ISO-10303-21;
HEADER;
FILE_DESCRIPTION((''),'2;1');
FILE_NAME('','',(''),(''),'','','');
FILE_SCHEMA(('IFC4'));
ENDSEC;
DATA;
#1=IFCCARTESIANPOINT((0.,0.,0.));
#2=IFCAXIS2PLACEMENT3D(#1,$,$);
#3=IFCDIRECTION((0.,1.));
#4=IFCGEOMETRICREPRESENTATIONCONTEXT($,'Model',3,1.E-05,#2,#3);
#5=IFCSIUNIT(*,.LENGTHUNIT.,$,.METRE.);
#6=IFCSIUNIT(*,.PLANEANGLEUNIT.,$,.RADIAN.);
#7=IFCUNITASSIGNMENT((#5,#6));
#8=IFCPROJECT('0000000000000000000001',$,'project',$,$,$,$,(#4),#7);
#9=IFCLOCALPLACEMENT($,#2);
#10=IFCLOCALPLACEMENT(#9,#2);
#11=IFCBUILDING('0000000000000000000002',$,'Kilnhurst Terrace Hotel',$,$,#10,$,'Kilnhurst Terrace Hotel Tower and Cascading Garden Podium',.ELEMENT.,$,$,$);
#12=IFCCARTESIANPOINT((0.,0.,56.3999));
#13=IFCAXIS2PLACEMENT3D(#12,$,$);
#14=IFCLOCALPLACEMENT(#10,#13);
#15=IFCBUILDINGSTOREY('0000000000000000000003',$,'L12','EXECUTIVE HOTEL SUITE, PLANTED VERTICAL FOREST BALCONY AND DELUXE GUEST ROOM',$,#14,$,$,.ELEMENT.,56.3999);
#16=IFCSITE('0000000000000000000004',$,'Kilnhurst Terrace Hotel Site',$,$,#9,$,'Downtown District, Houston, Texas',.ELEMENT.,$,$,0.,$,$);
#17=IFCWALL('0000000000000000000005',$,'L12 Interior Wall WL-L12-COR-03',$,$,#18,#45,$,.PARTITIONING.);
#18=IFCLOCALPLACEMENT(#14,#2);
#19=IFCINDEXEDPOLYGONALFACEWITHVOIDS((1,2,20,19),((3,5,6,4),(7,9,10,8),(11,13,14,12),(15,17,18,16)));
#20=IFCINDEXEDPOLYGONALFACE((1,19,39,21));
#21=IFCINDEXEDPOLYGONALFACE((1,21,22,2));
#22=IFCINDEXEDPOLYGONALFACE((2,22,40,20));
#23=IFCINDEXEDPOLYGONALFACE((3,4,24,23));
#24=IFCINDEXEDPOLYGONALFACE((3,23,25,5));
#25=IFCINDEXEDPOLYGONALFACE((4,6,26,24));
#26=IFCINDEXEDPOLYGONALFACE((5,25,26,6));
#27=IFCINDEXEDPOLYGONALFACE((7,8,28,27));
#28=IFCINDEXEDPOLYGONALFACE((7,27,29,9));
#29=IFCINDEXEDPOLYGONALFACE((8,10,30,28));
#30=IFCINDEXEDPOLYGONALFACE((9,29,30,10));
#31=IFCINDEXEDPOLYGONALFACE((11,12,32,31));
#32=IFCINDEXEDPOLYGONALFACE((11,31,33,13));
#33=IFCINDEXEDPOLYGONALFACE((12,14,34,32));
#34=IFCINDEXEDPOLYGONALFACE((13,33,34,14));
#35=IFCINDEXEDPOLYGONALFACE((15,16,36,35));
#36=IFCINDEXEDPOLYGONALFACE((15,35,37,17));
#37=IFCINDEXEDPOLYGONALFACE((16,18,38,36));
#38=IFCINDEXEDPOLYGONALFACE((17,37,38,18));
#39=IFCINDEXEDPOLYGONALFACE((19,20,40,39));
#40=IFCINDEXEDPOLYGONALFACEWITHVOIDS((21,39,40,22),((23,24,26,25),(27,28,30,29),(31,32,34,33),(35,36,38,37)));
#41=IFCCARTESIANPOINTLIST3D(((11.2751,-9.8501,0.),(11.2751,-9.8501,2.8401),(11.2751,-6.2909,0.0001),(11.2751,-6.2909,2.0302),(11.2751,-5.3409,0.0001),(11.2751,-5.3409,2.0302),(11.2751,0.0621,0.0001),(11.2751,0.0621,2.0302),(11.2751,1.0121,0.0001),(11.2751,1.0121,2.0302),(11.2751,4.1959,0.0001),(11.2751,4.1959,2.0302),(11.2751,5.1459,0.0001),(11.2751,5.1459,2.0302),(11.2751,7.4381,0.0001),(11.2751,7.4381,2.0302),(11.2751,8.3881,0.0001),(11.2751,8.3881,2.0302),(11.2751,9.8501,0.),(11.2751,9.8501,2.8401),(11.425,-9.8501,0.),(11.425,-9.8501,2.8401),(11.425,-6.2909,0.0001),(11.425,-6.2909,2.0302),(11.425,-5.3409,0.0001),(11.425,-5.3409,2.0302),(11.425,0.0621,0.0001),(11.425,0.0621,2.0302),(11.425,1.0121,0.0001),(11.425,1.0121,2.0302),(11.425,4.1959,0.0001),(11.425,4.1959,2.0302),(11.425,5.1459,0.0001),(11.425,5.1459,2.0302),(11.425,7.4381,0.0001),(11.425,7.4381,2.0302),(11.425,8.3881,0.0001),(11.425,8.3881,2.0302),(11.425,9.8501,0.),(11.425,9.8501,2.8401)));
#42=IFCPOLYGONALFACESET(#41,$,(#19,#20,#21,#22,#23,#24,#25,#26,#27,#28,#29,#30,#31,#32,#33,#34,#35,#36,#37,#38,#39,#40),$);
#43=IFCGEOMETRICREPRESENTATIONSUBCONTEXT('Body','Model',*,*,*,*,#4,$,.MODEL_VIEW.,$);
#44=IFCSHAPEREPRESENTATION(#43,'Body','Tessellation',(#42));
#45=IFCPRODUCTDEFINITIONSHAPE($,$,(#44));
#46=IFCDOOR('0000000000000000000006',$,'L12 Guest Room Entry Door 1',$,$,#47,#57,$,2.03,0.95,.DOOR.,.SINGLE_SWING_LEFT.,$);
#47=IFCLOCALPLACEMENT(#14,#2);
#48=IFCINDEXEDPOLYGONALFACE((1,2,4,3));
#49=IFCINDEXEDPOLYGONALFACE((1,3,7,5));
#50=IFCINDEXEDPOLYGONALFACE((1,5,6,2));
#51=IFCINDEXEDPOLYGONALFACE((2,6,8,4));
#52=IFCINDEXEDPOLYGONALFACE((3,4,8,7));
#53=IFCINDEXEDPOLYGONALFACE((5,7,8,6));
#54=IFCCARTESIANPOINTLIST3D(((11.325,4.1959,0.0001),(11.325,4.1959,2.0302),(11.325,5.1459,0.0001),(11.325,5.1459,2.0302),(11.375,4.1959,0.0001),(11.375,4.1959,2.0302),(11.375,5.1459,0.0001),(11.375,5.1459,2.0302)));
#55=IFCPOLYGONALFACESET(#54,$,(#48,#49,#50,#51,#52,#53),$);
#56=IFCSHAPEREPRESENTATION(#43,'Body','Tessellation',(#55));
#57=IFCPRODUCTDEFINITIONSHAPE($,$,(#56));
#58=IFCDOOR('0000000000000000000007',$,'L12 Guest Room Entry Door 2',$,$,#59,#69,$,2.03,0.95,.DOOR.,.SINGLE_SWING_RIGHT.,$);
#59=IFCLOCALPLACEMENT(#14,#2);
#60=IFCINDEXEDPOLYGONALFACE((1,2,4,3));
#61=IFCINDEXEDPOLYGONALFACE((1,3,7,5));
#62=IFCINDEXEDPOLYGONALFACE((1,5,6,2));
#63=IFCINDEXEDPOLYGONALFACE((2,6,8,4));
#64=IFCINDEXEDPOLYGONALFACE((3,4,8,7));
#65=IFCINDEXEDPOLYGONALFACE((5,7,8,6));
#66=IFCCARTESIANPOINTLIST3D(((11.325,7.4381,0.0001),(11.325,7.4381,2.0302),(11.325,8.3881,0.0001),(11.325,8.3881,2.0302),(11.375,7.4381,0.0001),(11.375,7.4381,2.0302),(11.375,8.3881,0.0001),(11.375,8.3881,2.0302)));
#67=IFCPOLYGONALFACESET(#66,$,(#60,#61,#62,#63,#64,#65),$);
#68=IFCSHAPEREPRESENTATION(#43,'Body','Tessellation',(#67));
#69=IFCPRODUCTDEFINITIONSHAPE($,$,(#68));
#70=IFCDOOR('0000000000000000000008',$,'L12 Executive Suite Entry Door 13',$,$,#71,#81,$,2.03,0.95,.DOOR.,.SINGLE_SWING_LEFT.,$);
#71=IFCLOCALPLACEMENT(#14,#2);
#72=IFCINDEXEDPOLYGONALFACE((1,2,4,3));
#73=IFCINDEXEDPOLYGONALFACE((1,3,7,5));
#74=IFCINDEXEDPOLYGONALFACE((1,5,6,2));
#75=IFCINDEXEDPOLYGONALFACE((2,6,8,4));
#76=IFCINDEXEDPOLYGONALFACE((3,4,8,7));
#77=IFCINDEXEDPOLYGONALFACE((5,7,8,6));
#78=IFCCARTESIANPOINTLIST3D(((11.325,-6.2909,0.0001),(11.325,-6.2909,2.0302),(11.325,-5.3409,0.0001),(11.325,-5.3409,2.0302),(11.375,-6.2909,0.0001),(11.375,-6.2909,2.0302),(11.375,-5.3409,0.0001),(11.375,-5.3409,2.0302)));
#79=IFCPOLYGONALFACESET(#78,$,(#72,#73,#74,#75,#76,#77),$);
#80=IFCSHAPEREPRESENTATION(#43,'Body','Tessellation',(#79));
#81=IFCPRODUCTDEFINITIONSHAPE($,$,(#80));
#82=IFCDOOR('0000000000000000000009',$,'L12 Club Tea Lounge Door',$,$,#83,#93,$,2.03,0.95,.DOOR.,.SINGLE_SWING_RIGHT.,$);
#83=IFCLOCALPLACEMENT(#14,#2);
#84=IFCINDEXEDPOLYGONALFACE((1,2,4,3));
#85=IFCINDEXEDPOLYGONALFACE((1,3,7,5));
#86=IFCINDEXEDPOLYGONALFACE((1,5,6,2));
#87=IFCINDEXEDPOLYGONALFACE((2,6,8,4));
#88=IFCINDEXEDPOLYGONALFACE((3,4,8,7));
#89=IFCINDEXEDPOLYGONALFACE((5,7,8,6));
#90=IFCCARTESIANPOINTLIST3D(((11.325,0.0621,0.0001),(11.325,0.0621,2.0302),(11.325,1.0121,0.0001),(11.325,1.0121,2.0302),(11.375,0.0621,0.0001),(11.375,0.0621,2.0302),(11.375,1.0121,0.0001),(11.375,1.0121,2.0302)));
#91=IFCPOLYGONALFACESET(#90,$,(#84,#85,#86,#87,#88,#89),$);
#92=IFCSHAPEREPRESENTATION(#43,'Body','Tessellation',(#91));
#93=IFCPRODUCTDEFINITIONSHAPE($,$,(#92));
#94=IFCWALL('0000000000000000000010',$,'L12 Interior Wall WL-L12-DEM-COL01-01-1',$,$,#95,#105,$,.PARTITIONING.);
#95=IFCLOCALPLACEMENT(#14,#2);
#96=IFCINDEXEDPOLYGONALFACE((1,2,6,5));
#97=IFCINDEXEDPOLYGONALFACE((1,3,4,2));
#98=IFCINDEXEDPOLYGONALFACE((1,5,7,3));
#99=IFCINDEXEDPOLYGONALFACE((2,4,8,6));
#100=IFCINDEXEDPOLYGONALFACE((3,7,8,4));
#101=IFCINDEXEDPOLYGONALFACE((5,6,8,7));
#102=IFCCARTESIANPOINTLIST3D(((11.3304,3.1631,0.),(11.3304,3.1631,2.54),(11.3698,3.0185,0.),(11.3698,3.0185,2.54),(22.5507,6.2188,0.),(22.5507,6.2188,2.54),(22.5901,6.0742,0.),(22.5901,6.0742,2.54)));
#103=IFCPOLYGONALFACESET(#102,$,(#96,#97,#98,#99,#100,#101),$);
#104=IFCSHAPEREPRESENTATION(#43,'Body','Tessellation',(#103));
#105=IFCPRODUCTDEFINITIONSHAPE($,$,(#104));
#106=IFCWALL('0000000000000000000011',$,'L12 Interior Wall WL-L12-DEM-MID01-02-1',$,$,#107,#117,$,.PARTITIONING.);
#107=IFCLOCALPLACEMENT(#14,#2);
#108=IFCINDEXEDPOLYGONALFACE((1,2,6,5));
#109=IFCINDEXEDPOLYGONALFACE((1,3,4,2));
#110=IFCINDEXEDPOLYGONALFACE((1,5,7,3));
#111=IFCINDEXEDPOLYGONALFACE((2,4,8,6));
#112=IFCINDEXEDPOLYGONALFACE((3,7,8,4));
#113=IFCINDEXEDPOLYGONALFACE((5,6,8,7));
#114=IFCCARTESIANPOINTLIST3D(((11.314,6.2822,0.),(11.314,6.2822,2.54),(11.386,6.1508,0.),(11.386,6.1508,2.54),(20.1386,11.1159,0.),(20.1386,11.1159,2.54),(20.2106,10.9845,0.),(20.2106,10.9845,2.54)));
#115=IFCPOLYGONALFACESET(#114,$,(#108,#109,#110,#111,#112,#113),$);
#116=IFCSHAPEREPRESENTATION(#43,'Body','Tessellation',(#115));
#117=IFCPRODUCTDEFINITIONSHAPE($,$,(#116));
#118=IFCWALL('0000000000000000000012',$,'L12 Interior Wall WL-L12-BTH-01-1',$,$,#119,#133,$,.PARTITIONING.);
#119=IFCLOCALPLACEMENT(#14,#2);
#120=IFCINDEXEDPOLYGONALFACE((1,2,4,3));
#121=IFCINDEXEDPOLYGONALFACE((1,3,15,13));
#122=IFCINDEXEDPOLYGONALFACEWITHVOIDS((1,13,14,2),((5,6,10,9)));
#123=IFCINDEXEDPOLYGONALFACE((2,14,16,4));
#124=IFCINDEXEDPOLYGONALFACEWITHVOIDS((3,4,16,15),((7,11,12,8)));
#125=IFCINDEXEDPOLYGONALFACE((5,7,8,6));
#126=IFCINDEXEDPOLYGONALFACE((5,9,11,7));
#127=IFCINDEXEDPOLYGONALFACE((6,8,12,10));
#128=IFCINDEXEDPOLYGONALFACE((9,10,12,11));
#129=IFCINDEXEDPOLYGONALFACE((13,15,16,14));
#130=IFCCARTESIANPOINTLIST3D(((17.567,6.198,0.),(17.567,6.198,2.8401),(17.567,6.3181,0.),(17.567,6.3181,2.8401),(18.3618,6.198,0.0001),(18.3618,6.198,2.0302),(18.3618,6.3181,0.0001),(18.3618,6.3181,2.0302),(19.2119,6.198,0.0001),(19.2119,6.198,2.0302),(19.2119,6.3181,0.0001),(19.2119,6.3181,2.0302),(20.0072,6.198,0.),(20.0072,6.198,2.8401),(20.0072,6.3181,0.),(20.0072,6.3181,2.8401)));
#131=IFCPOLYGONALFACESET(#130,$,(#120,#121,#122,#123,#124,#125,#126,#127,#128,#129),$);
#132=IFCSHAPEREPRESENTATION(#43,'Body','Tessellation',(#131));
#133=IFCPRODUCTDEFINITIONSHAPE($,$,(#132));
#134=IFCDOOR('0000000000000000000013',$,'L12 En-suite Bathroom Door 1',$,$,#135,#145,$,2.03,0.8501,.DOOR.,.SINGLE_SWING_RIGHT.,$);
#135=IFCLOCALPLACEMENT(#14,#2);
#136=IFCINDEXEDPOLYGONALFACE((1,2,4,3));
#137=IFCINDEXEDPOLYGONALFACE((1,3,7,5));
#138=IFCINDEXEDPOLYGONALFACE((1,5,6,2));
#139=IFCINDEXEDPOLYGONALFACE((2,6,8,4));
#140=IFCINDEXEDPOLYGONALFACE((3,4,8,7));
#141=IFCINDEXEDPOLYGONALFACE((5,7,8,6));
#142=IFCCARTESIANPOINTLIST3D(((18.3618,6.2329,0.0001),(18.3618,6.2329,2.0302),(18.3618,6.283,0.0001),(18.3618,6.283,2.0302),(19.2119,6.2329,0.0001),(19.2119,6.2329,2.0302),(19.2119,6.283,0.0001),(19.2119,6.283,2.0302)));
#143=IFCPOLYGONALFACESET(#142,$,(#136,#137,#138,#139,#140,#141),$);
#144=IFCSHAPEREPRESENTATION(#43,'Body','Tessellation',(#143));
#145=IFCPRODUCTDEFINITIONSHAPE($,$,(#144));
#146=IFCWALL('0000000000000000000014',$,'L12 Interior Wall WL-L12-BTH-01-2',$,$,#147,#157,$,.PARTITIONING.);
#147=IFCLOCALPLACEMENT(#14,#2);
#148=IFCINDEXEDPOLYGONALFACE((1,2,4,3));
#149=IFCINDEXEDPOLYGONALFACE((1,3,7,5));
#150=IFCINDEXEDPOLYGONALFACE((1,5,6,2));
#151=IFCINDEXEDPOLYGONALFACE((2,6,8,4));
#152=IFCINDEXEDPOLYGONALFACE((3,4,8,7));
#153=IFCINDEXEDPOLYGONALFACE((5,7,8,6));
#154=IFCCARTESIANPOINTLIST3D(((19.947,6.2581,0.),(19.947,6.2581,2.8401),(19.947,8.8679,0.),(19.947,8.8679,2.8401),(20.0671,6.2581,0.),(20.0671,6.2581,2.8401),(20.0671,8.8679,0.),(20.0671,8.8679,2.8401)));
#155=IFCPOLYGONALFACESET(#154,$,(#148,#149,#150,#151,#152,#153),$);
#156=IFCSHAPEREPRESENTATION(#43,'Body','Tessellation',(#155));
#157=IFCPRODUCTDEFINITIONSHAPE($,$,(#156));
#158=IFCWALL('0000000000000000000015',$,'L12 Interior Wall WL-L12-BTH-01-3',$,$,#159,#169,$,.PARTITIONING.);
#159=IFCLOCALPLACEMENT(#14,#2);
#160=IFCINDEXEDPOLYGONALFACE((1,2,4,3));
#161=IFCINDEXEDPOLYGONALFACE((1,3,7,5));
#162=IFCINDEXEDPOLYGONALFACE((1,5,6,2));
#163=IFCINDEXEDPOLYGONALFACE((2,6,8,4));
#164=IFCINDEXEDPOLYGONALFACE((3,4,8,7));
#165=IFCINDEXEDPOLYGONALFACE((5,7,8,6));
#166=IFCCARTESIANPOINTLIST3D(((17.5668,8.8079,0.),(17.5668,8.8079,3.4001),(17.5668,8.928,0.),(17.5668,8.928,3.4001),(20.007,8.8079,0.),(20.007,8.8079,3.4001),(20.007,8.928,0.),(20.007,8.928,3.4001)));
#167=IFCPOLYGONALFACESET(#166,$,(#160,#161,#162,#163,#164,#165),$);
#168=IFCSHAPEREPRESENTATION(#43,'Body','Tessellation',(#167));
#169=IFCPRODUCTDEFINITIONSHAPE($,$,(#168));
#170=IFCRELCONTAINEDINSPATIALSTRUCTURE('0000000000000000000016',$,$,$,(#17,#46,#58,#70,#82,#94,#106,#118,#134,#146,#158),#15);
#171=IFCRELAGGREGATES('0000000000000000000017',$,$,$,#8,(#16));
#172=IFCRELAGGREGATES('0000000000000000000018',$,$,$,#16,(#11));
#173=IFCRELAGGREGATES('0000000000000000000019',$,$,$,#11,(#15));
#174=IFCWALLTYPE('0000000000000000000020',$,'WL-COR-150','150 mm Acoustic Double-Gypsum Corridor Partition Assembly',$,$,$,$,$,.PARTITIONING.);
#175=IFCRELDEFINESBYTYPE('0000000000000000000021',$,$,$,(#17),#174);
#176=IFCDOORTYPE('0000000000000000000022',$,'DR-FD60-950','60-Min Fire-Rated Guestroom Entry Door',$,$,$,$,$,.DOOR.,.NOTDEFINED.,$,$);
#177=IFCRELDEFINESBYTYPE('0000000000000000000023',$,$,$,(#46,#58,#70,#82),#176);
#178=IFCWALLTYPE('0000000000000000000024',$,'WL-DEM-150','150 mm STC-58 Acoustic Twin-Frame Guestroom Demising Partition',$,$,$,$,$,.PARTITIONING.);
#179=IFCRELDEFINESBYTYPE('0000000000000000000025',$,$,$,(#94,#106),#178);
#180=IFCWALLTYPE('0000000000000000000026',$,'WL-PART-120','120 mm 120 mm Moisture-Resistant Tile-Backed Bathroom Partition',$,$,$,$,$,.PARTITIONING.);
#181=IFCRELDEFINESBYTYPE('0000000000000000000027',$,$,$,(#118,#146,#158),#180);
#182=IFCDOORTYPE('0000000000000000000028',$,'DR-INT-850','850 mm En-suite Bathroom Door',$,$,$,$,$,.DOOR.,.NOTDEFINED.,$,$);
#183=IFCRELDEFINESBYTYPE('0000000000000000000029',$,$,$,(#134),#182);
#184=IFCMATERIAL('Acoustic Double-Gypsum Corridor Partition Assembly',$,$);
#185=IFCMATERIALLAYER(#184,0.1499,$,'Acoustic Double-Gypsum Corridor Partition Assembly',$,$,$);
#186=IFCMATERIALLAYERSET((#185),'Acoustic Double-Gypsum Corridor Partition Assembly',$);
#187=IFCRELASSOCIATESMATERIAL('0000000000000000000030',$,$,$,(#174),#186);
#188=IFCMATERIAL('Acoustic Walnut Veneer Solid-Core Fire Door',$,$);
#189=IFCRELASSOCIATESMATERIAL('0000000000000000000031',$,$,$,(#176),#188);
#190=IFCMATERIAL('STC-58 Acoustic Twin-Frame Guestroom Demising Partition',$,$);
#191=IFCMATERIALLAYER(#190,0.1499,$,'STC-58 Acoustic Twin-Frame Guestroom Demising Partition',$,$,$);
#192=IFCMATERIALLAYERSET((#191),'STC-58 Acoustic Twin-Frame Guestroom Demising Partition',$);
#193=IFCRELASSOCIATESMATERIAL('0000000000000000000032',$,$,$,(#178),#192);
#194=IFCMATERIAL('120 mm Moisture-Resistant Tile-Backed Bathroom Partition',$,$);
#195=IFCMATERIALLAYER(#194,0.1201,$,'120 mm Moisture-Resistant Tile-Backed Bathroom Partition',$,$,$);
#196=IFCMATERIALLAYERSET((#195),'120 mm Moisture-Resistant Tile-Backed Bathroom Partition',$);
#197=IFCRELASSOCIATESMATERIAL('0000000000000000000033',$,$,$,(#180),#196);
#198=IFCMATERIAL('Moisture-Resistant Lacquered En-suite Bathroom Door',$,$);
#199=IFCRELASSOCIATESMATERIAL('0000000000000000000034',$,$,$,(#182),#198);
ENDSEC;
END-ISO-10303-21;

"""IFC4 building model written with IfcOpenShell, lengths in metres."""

from ifc_helpers import new_model, si_unit, direction, frame, frame_2d, origin, place, context, subcontext, project, spatial, rectangle, extrude, material, layer, layer_set, type_object, element, fill, save


model = new_model("IFC4")

# Units and contexts
model_context = context("Model", 3, precision=1e-05, world=origin(), true_north=direction((0.0, 1.0)))
body_context = subcontext(model_context, "Body", "Model", "MODEL_VIEW")
ifc_project = project(units=[si_unit("LENGTHUNIT", "METRE"), si_unit("PLANEANGLEUNIT", "RADIAN")], contexts=[model_context])

# Site, building, storey
site_placement = place(None, origin())
site = spatial("IfcSite", under=ifc_project, at=site_placement, Name="Kilnhurst Terrace Hotel Site", LongName="Downtown District, Houston, Texas", CompositionType="ELEMENT", RefElevation=0.0)
building_placement = place(site_placement, origin())
building = spatial("IfcBuilding", under=site, at=building_placement, Name="Kilnhurst Terrace Hotel", LongName="Kilnhurst Terrace Hotel Tower and Cascading Garden Podium", CompositionType="ELEMENT")
storey_placement = place(building_placement, frame((0.0, 0.0, 56.3999)))
storey = spatial("IfcBuildingStorey", under=building, at=storey_placement, Name="L12", Description="EXECUTIVE HOTEL SUITE, PLANTED VERTICAL FOREST BALCONY AND DELUXE GUEST ROOM", CompositionType="ELEMENT", Elevation=56.3999)

# Wall, openings, doors
ifc_material_1 = material(Name="Acoustic Double-Gypsum Corridor Partition Assembly")
ifc_layer_1 = layer(ifc_material_1, 0.1499, Name="Acoustic Double-Gypsum Corridor Partition Assembly")
ifc_layer_set_1 = layer_set([ifc_layer_1], Name="Acoustic Double-Gypsum Corridor Partition Assembly")
wall_type_1 = type_object("IfcWallType", Name="WL-COR-150", Description="150 mm Acoustic Double-Gypsum Corridor Partition Assembly", PredefinedType="PARTITIONING", material=ifc_layer_set_1)
wall_1_placement = place(storey_placement, frame((11.3501, 9.8501, 0.0), z_axis=(0.0, 0.0, 1.0), x_axis=(0.0, -1.0, 0.0)))
wall_1 = element("IfcWall", 1, at=wall_1_placement, inside=storey, type_object=wall_type_1, Name="L12 Interior Wall WL-L12-COR-03", PredefinedType="PARTITIONING", context=body_context, shape_type="SweptSolid", body=[
    extrude(rectangle(XDim=19.7002, YDim=0.1499, at=frame_2d((9.8501, 0.0))), origin(), (0.0, 0.0, 1.0), 2.8401),
])
opening_1_placement = place(wall_1_placement, frame((4.7041, 0.0, 0.0)))
opening_1 = element("IfcOpeningElement", 2, at=opening_1_placement, cuts=wall_1, PredefinedType="OPENING", context=body_context, shape_type="SweptSolid", body=[
    extrude(rectangle(XDim=0.95, YDim=2.03, at=frame_2d((0.4751, 1.0151))), frame((0.0, 0.085, 0.0), z_axis=(0.0, -1.0, 0.0), x_axis=(1.0, 0.0, 0.0)), (0.0, 0.0, 1.0), 0.1699),
])
opening_2_placement = place(wall_1_placement, frame((1.4619, 0.0, 0.0)))
opening_2 = element("IfcOpeningElement", 3, at=opening_2_placement, cuts=wall_1, PredefinedType="OPENING", context=body_context, shape_type="SweptSolid", body=[
    extrude(rectangle(XDim=0.95, YDim=2.03, at=frame_2d((0.4751, 1.0151))), frame((0.0, 0.085, 0.0), z_axis=(0.0, -1.0, 0.0), x_axis=(1.0, 0.0, 0.0)), (0.0, 0.0, 1.0), 0.1699),
])
opening_3_placement = place(wall_1_placement, frame((15.1909, 0.0, 0.0)))
opening_3 = element("IfcOpeningElement", 4, at=opening_3_placement, cuts=wall_1, PredefinedType="OPENING", context=body_context, shape_type="SweptSolid", body=[
    extrude(rectangle(XDim=0.95, YDim=2.03, at=frame_2d((0.4751, 1.0151))), frame((0.0, 0.085, 0.0), z_axis=(0.0, -1.0, 0.0), x_axis=(1.0, 0.0, 0.0)), (0.0, 0.0, 1.0), 0.1699),
])
opening_4_placement = place(wall_1_placement, frame((8.8379, 0.0, 0.0)))
opening_4 = element("IfcOpeningElement", 5, at=opening_4_placement, cuts=wall_1, PredefinedType="OPENING", context=body_context, shape_type="SweptSolid", body=[
    extrude(rectangle(XDim=0.95, YDim=2.03, at=frame_2d((0.4751, 1.0151))), frame((0.0, 0.085, 0.0), z_axis=(0.0, -1.0, 0.0), x_axis=(1.0, 0.0, 0.0)), (0.0, 0.0, 1.0), 0.1699),
])
ifc_material_2 = material(Name="Acoustic Walnut Veneer Solid-Core Fire Door")
door_type_1 = type_object("IfcDoorType", Name="DR-FD60-950", Description="60-Min Fire-Rated Guestroom Entry Door", OperationType="NOTDEFINED", PredefinedType="DOOR", material=ifc_material_2)
door_1_placement = place(opening_1_placement, origin())
door_1 = element("IfcDoor", 6, at=door_1_placement, inside=storey, type_object=door_type_1, Name="L12 Guest Room Entry Door 1", OperationType="SINGLE_SWING_LEFT", OverallHeight=2.03, OverallWidth=0.95, PredefinedType="DOOR", context=body_context, shape_type="SweptSolid", body=[
    extrude(rectangle(XDim=0.95, YDim=2.03, at=frame_2d((0.4751, 1.0151))), frame((0.0, 0.0249, 0.0), z_axis=(0.0, -1.0, 0.0), x_axis=(1.0, 0.0, 0.0)), (0.0, 0.0, 1.0), 0.05),
])
fill(opening_1, door_1)
door_2_placement = place(opening_2_placement, origin())
door_2 = element("IfcDoor", 7, at=door_2_placement, inside=storey, type_object=door_type_1, Name="L12 Guest Room Entry Door 2", OperationType="SINGLE_SWING_RIGHT", OverallHeight=2.03, OverallWidth=0.95, PredefinedType="DOOR", context=body_context, shape_type="SweptSolid", body=[
    extrude(rectangle(XDim=0.95, YDim=2.03, at=frame_2d((0.4751, 1.0151))), frame((0.0, 0.0249, 0.0), z_axis=(0.0, -1.0, 0.0), x_axis=(1.0, 0.0, 0.0)), (0.0, 0.0, 1.0), 0.05),
])
fill(opening_2, door_2)
door_3_placement = place(opening_3_placement, origin())
door_3 = element("IfcDoor", 8, at=door_3_placement, inside=storey, type_object=door_type_1, Name="L12 Executive Suite Entry Door 13", OperationType="SINGLE_SWING_LEFT", OverallHeight=2.03, OverallWidth=0.95, PredefinedType="DOOR", context=body_context, shape_type="SweptSolid", body=[
    extrude(rectangle(XDim=0.95, YDim=2.03, at=frame_2d((0.4751, 1.0151))), frame((0.0, 0.0249, 0.0), z_axis=(0.0, -1.0, 0.0), x_axis=(1.0, 0.0, 0.0)), (0.0, 0.0, 1.0), 0.05),
])
fill(opening_3, door_3)
door_4_placement = place(opening_4_placement, origin())
door_4 = element("IfcDoor", 9, at=door_4_placement, inside=storey, type_object=door_type_1, Name="L12 Club Tea Lounge Door", OperationType="SINGLE_SWING_RIGHT", OverallHeight=2.03, OverallWidth=0.95, PredefinedType="DOOR", context=body_context, shape_type="SweptSolid", body=[
    extrude(rectangle(XDim=0.95, YDim=2.03, at=frame_2d((0.4751, 1.0151))), frame((0.0, 0.0249, 0.0), z_axis=(0.0, -1.0, 0.0), x_axis=(1.0, 0.0, 0.0)), (0.0, 0.0, 1.0), 0.05),
])
fill(opening_4, door_4)

# Walls
ifc_material_3 = material(Name="STC-58 Acoustic Twin-Frame Guestroom Demising Partition")
ifc_layer_2 = layer(ifc_material_3, 0.1499, Name="STC-58 Acoustic Twin-Frame Guestroom Demising Partition")
ifc_layer_set_2 = layer_set([ifc_layer_2], Name="STC-58 Acoustic Twin-Frame Guestroom Demising Partition")
wall_type_2 = type_object("IfcWallType", Name="WL-DEM-150", Description="150 mm STC-58 Acoustic Twin-Frame Guestroom Demising Partition", PredefinedType="PARTITIONING", material=ifc_layer_set_2)
wall_2_placement = place(storey_placement, frame((11.3501, 3.0908, 0.0), z_axis=(0.0, 0.0, 1.0), x_axis=(0.96486, 0.262766, 0.0)))
element("IfcWall", 10, at=wall_2_placement, inside=storey, type_object=wall_type_2, Name="L12 Interior Wall WL-L12-DEM-COL01-01-1", PredefinedType="PARTITIONING", context=body_context, shape_type="SweptSolid", body=[
    extrude(rectangle(XDim=11.6289, YDim=0.1499, at=frame_2d((5.8145, 0.0))), origin(), (0.0, 0.0, 1.0), 2.54),
])
wall_3_placement = place(storey_placement, frame((11.3501, 6.2166, 0.0), z_axis=(0.0, 0.0, 1.0), x_axis=(0.877048, 0.480404, 0.0)))
element("IfcWall", 11, at=wall_3_placement, inside=storey, type_object=wall_type_2, Name="L12 Interior Wall WL-L12-DEM-MID01-02-1", PredefinedType="PARTITIONING", context=body_context, shape_type="SweptSolid", body=[
    extrude(rectangle(XDim=10.0618, YDim=0.1499, at=frame_2d((5.0308, 0.0))), origin(), (0.0, 0.0, 1.0), 2.54),
])

# Wall, opening, door
ifc_material_4 = material(Name="120 mm Moisture-Resistant Tile-Backed Bathroom Partition")
ifc_layer_3 = layer(ifc_material_4, 0.1201, Name="120 mm Moisture-Resistant Tile-Backed Bathroom Partition")
ifc_layer_set_3 = layer_set([ifc_layer_3], Name="120 mm Moisture-Resistant Tile-Backed Bathroom Partition")
wall_type_3 = type_object("IfcWallType", Name="WL-PART-120", Description="120 mm 120 mm Moisture-Resistant Tile-Backed Bathroom Partition", PredefinedType="PARTITIONING", material=ifc_layer_set_3)
wall_4_placement = place(storey_placement, frame((17.5669, 6.2581, 0.0), z_axis=(0.0, 0.0, 1.0), x_axis=(1.0, 0.0, 0.0)))
wall_4 = element("IfcWall", 12, at=wall_4_placement, inside=storey, type_object=wall_type_3, Name="L12 Interior Wall WL-L12-BTH-01-1", PredefinedType="PARTITIONING", context=body_context, shape_type="SweptSolid", body=[
    extrude(rectangle(XDim=2.4402, YDim=0.1201, at=frame_2d((1.2202, 0.0))), origin(), (0.0, 0.0, 1.0), 2.8401),
])
opening_5_placement = place(wall_4_placement, frame((0.7949, 0.0, 0.0)))
opening_5 = element("IfcOpeningElement", 13, at=opening_5_placement, cuts=wall_4, PredefinedType="OPENING", context=body_context, shape_type="SweptSolid", body=[
    extrude(rectangle(XDim=0.8501, YDim=2.03, at=frame_2d((0.425, 1.0151))), frame((0.0, 0.0701, 0.0), z_axis=(0.0, -1.0, 0.0), x_axis=(1.0, 0.0, 0.0)), (0.0, 0.0, 1.0), 0.1401),
])
ifc_material_5 = material(Name="Moisture-Resistant Lacquered En-suite Bathroom Door")
door_type_2 = type_object("IfcDoorType", Name="DR-INT-850", Description="850 mm En-suite Bathroom Door", OperationType="NOTDEFINED", PredefinedType="DOOR", material=ifc_material_5)
door_5_placement = place(opening_5_placement, origin())
door_5 = element("IfcDoor", 14, at=door_5_placement, inside=storey, type_object=door_type_2, Name="L12 En-suite Bathroom Door 1", OperationType="SINGLE_SWING_RIGHT", OverallHeight=2.03, OverallWidth=0.8501, PredefinedType="DOOR", context=body_context, shape_type="SweptSolid", body=[
    extrude(rectangle(XDim=0.8501, YDim=2.03, at=frame_2d((0.425, 1.0151))), frame((0.0, 0.0249, 0.0), z_axis=(0.0, -1.0, 0.0), x_axis=(1.0, 0.0, 0.0)), (0.0, 0.0, 1.0), 0.05),
])
fill(opening_5, door_5)

# Walls
wall_5_placement = place(storey_placement, frame((20.0071, 6.2581, 0.0), z_axis=(0.0, 0.0, 1.0), x_axis=(0.0, 1.0, 0.0)))
element("IfcWall", 15, at=wall_5_placement, inside=storey, type_object=wall_type_3, Name="L12 Interior Wall WL-L12-BTH-01-2", PredefinedType="PARTITIONING", context=body_context, shape_type="SweptSolid", body=[
    extrude(rectangle(XDim=2.6099, YDim=0.1201, at=frame_2d((1.3049, 0.0))), origin(), (0.0, 0.0, 1.0), 2.8401),
])
wall_6_placement = place(storey_placement, frame((20.0071, 8.8679, 0.0), z_axis=(0.0, 0.0, 1.0), x_axis=(-1.0, 0.0, 0.0)))
element("IfcWall", 16, at=wall_6_placement, inside=storey, type_object=wall_type_3, Name="L12 Interior Wall WL-L12-BTH-01-3", PredefinedType="PARTITIONING", context=body_context, shape_type="SweptSolid", body=[
    extrude(rectangle(XDim=2.4402, YDim=0.1201, at=frame_2d((1.2202, 0.0))), origin(), (0.0, 0.0, 1.0), 3.4001),
])

save(model, "model.ifc")
